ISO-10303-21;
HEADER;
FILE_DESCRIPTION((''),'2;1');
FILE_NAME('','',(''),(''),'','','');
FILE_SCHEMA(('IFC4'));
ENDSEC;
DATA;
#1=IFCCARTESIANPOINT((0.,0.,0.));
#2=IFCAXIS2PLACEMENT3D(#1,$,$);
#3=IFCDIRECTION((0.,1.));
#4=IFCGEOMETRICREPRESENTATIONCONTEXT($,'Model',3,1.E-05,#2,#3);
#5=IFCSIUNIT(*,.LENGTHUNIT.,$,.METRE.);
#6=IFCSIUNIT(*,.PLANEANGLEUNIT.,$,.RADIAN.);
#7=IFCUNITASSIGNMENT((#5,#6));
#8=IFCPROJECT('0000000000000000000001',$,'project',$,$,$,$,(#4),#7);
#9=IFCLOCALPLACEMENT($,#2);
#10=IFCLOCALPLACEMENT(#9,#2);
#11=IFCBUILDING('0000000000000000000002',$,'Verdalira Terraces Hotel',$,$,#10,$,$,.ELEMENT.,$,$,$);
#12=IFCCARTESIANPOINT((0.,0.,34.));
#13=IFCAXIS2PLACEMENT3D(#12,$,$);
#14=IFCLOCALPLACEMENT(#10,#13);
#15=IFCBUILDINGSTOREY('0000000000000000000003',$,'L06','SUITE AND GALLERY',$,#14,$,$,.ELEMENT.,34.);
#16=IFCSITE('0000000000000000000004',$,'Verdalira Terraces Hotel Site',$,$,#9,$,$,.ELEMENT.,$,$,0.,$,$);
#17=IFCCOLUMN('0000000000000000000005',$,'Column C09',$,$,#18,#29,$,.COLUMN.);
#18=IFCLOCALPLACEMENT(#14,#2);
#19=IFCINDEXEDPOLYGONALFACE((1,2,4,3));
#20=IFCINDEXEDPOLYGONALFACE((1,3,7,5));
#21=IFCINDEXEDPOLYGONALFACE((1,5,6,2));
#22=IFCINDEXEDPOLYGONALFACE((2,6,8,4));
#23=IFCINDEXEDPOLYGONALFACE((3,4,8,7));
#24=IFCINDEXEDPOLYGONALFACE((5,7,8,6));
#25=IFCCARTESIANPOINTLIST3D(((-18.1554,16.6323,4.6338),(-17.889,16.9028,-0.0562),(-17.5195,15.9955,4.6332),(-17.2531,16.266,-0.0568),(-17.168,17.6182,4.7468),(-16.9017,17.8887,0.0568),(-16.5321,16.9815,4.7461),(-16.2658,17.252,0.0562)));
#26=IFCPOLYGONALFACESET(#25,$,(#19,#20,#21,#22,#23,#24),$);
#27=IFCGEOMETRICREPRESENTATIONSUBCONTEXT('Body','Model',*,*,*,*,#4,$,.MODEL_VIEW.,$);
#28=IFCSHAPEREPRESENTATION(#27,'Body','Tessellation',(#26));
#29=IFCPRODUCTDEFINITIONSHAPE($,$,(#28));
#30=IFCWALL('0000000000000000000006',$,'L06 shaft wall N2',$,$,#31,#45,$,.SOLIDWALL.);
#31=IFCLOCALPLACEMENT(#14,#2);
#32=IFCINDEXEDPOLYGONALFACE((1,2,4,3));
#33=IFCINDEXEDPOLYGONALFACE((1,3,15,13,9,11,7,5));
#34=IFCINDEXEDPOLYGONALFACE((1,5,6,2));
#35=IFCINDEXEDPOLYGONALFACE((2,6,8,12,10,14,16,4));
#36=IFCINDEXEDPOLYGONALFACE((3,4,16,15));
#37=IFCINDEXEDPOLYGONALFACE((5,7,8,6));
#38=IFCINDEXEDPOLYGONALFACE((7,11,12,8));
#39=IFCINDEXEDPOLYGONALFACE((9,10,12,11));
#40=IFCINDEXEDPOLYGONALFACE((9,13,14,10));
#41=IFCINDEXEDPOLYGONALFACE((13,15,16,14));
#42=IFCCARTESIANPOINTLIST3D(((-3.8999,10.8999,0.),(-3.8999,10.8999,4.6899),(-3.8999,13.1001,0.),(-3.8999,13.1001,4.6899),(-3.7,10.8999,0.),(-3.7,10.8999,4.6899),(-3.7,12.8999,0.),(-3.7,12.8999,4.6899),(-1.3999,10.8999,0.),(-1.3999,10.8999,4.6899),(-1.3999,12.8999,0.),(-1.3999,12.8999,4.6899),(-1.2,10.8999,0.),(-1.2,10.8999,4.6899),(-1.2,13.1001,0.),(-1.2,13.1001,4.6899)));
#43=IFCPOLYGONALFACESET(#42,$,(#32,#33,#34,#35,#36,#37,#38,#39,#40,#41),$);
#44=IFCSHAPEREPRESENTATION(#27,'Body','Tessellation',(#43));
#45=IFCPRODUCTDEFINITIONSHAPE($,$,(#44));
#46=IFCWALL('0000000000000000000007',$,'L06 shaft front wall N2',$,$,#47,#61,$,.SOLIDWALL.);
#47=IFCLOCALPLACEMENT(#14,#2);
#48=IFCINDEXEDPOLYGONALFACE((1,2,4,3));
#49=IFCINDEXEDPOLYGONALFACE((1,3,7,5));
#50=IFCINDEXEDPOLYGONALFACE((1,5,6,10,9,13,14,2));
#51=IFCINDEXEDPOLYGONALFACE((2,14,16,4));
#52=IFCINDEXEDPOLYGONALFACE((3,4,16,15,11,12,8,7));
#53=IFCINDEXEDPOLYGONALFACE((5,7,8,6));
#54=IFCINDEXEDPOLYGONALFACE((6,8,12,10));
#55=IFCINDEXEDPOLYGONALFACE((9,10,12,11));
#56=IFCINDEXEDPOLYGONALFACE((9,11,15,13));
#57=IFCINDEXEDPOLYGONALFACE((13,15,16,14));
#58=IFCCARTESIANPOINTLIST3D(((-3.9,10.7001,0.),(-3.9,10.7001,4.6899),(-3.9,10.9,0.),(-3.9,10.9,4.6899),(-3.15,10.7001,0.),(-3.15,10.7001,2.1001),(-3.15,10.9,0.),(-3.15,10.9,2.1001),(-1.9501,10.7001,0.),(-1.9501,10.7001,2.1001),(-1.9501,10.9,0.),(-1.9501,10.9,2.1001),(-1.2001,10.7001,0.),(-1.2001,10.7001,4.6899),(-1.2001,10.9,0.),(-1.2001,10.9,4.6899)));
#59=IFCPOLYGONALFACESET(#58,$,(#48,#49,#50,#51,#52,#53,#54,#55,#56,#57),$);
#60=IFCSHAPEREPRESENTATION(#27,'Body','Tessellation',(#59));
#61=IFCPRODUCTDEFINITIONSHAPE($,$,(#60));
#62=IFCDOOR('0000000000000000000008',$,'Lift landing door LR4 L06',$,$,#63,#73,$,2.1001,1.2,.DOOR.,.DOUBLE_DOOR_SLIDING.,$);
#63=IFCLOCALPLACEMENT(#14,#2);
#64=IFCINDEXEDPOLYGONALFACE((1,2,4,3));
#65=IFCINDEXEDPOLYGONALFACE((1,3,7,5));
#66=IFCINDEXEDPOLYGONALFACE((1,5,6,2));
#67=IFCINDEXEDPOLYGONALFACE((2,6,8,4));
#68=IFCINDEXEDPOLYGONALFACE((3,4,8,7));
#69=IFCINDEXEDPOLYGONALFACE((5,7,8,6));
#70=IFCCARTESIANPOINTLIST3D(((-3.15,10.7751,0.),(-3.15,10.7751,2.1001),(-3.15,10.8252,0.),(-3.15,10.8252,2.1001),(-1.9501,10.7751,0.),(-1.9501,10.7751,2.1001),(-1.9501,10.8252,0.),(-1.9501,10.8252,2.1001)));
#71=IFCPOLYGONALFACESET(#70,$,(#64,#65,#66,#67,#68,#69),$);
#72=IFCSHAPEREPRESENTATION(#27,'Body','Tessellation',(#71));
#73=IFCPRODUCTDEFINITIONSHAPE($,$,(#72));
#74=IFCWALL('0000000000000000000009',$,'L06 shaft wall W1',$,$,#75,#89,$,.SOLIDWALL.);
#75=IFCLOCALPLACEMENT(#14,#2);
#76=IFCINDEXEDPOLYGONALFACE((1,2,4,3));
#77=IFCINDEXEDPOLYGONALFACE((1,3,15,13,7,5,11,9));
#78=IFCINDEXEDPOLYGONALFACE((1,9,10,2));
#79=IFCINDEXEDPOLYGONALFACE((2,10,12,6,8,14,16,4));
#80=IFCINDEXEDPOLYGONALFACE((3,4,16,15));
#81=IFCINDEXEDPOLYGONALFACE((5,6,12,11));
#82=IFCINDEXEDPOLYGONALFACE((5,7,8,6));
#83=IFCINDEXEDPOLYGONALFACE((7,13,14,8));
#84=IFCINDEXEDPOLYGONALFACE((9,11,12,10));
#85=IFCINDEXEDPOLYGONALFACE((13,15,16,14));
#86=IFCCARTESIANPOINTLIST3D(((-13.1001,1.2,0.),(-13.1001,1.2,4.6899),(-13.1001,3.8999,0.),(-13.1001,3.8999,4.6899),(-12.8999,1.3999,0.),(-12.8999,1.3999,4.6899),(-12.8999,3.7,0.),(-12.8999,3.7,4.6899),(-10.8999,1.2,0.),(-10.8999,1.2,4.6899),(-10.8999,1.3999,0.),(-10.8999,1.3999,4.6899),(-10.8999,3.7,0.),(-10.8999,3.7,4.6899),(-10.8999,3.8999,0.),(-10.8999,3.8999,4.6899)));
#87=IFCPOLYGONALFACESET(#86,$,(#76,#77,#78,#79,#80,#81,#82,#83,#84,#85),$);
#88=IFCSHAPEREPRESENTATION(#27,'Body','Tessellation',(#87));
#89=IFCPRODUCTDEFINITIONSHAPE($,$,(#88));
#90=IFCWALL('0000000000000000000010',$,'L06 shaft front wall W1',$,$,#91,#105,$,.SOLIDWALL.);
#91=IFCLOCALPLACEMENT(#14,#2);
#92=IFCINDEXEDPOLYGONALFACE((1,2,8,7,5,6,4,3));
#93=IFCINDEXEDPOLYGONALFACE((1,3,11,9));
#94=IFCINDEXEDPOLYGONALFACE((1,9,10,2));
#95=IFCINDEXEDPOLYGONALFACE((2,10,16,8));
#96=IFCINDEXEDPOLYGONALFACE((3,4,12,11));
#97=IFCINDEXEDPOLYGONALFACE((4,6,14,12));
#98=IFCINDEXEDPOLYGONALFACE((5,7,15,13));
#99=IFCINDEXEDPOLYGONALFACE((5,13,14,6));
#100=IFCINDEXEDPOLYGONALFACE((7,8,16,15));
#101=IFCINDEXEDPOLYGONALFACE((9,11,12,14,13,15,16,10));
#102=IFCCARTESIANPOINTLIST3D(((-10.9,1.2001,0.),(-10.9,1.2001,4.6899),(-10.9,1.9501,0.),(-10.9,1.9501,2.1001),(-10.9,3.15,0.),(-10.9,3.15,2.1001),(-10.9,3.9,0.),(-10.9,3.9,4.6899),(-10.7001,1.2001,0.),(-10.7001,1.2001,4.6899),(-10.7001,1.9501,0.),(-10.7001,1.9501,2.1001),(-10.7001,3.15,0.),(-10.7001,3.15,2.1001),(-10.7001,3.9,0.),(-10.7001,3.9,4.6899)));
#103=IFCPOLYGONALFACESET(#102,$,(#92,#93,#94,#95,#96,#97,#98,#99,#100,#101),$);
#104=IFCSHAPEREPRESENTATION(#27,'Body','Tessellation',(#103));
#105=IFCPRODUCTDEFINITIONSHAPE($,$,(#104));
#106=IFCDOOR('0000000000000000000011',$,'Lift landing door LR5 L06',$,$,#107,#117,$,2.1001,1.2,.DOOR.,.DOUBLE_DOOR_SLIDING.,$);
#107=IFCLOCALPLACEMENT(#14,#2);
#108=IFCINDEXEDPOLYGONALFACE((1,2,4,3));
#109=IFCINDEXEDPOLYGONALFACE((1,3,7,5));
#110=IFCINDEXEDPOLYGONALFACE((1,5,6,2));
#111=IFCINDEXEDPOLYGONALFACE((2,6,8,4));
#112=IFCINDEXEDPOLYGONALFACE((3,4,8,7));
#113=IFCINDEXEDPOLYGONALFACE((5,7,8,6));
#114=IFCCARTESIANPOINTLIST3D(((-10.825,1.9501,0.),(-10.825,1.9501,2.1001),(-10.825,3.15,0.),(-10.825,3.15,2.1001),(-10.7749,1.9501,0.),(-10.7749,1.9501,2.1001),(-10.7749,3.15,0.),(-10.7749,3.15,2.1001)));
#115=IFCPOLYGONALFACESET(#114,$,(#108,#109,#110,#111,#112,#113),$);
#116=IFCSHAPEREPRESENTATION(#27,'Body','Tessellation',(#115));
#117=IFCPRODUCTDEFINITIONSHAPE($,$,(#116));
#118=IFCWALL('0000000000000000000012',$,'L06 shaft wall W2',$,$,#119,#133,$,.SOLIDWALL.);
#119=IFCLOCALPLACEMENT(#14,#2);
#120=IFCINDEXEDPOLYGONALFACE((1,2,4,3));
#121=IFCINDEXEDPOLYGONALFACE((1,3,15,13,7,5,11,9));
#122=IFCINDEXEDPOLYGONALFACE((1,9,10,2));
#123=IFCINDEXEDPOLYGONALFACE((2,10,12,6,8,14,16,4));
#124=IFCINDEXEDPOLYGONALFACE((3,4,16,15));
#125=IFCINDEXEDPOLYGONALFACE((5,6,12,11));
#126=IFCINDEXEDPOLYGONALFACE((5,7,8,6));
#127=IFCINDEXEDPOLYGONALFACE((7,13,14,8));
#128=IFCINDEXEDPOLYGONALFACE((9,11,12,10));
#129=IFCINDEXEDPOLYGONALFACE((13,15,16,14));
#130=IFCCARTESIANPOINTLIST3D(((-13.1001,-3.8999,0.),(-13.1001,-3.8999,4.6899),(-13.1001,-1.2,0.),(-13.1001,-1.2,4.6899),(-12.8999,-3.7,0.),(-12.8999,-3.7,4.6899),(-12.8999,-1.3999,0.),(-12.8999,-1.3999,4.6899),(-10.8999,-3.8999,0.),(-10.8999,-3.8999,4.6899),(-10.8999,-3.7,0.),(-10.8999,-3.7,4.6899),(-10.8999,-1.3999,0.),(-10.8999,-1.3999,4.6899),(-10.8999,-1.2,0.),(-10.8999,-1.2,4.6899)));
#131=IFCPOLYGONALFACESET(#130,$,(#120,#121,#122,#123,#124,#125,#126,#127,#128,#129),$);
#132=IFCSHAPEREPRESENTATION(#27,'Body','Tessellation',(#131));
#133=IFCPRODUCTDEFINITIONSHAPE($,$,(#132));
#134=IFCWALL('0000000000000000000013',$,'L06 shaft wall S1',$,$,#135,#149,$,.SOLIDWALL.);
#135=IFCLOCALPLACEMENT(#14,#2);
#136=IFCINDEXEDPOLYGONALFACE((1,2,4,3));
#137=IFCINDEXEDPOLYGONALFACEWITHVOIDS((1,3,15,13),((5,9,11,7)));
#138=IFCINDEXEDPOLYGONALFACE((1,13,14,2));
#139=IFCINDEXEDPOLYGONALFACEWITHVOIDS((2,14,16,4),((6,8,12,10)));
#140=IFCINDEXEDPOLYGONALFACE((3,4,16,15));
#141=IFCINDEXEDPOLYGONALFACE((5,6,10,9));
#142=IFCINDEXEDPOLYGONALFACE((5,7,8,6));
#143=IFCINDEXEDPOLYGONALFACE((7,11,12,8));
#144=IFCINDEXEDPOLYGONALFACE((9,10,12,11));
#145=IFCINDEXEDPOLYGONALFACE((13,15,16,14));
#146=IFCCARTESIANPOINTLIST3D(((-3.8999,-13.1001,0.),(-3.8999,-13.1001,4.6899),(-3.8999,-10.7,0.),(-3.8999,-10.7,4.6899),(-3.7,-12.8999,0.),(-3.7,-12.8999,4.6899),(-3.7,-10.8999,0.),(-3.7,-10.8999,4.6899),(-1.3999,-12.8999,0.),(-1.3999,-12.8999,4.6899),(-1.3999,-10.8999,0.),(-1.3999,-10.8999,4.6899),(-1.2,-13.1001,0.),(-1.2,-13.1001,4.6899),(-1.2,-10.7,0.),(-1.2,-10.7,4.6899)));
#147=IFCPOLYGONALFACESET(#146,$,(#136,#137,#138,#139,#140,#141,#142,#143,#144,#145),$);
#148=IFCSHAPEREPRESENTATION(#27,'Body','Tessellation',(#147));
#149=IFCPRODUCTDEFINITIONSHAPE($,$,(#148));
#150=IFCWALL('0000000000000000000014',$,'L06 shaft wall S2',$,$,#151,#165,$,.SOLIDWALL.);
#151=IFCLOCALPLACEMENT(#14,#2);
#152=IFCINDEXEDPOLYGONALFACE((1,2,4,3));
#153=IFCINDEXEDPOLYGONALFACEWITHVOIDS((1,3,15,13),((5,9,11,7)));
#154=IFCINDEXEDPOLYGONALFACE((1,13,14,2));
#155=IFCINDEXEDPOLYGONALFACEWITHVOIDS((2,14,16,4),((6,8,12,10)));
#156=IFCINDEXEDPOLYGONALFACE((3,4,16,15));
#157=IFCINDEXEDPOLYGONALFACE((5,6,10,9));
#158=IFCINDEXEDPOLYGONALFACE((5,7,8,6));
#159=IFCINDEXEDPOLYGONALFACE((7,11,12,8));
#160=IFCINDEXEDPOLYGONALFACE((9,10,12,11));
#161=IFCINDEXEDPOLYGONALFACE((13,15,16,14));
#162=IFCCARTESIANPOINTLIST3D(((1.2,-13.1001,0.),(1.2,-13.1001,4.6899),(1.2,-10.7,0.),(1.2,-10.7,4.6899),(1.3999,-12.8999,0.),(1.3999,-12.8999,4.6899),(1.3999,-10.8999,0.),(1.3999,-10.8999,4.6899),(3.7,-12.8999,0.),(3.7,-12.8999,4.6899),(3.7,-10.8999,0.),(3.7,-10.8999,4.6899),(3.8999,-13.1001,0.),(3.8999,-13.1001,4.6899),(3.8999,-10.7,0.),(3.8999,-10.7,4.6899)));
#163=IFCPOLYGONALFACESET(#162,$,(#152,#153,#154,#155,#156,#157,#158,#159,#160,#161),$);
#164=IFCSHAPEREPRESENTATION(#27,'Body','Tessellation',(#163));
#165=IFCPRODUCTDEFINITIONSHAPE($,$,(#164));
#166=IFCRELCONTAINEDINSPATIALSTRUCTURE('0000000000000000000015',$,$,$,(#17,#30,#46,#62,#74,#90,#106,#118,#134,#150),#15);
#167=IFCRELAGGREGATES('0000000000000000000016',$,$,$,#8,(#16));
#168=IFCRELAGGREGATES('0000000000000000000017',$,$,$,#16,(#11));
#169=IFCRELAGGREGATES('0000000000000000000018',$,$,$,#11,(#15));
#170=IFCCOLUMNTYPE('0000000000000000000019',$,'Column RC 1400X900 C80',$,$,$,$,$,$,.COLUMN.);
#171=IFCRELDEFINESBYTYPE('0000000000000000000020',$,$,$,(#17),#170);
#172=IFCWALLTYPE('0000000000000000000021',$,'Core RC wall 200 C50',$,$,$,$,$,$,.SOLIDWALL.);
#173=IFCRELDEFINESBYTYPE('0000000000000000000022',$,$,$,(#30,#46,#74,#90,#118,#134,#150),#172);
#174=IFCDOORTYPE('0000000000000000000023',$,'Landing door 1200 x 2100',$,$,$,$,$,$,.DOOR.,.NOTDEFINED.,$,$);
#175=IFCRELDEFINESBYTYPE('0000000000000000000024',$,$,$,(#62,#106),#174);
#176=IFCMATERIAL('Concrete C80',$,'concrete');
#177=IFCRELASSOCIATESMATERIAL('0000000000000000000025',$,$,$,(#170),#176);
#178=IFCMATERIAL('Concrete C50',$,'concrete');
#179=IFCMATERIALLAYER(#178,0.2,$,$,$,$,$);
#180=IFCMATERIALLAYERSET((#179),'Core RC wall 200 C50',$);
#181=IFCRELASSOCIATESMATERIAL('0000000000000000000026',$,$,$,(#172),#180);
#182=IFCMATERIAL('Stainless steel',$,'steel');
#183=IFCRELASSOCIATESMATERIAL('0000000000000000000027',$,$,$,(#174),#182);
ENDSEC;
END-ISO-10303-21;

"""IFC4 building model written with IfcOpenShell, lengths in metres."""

from ifc_helpers import new_model, si_unit, direction, frame, frame_2d, origin, origin_2d, place, context, subcontext, project, spatial, polyline, rectangle, outline, extrude, material, layer, layer_set, material_profile, profile_set, type_object, element, fill, save


model = new_model("IFC4")

# Units and contexts
model_context = context("Model", 3, precision=1e-05, world=origin(), true_north=direction((0.0, 1.0)))
body_context = subcontext(model_context, "Body", "Model", "MODEL_VIEW")
ifc_project = project(units=[si_unit("LENGTHUNIT", "METRE"), si_unit("PLANEANGLEUNIT", "RADIAN")], contexts=[model_context])

# Site, building, storey
site_placement = place(None, origin())
site = spatial("IfcSite", under=ifc_project, at=site_placement, Name="Verdalira Terraces Hotel Site", CompositionType="ELEMENT", RefElevation=0.0)
building_placement = place(site_placement, origin())
building = spatial("IfcBuilding", under=site, at=building_placement, Name="Verdalira Terraces Hotel", CompositionType="ELEMENT")
storey_placement = place(building_placement, frame((0.0, 0.0, 34.0)))
storey = spatial("IfcBuildingStorey", under=building, at=storey_placement, Name="L06", Description="SUITE AND GALLERY", CompositionType="ELEMENT", Elevation=34.0)

# Column
ifc_material_1 = material(Name="Concrete C80", Category="concrete")
ifc_material_profile = material_profile(ifc_material_1, rectangle(XDim=1.3999, YDim=0.8999, at=origin_2d()), Name="RC 1400X900")
ifc_profile_set = profile_set([ifc_material_profile], Name="Concrete C80")
column_type = type_object("IfcColumnType", Name="Column RC 1400X900 C80", PredefinedType="COLUMN", material=ifc_profile_set)
column_placement = place(storey_placement, frame((-17.0774, 17.0774, 0.0), z_axis=(-0.056608, -0.05749, 0.99674), x_axis=(0.705297, 0.704306, 0.080679)))
element("IfcColumn", 1, at=column_placement, inside=storey, type_object=column_type, Name="Column C09", PredefinedType="COLUMN", context=body_context, shape_type="SweptSolid", body=[
    extrude(rectangle(XDim=1.3999, YDim=0.8999, at=origin_2d()), origin(), (0.0, 0.0, 1.0), 4.7053),
])

# Wall
ifc_material_2 = material(Name="Concrete C50", Category="concrete")
ifc_layer_1 = layer(ifc_material_2, 0.2)
ifc_layer_set_1 = layer_set([ifc_layer_1], Name="Core RC wall 200 C50")
wall_type_1 = type_object("IfcWallType", Name="Core RC wall 200 C50", PredefinedType="SOLIDWALL", material=ifc_layer_set_1)
wall_1_placement = place(storey_placement, origin())
element("IfcWall", 2, at=wall_1_placement, inside=storey, type_object=wall_type_1, Name="L06 shaft wall N2", PredefinedType="SOLIDWALL", context=body_context, shape_type="SweptSolid", body=[
    extrude(outline(polyline([(-3.8999, 10.8999), (-3.8999, 13.1001), (-1.2, 13.1001), (-1.2, 10.8999), (-1.3999, 10.8999), (-1.3999, 12.8999), (-3.7, 12.8999), (-3.7, 10.8999), (-3.8999, 10.8999)])), origin(), (0.0, 0.0, 1.0), 4.6899),
])

# Wall, opening, door
wall_2_placement = place(storey_placement, frame((-1.2, 10.8, 0.0), z_axis=(0.0, 0.0, 1.0), x_axis=(-1.0, 0.0, 0.0)))
wall_2 = element("IfcWall", 3, at=wall_2_placement, inside=storey, type_object=wall_type_1, Name="L06 shaft front wall N2", PredefinedType="SOLIDWALL", context=body_context, shape_type="SweptSolid", body=[
    extrude(rectangle(XDim=2.7, YDim=0.2, at=frame_2d((1.3501, 0.0))), origin(), (0.0, 0.0, 1.0), 4.6899),
])
opening_1_placement = place(wall_2_placement, frame((0.75, 0.0, 0.0)))
opening_1 = element("IfcOpeningElement", 4, at=opening_1_placement, cuts=wall_2, PredefinedType="OPENING", context=body_context, shape_type="SweptSolid", body=[
    extrude(rectangle(XDim=1.2, YDim=2.1001, at=frame_2d((0.6001, 1.05))), frame((0.0, 0.1099, 0.0), z_axis=(0.0, -1.0, 0.0), x_axis=(1.0, 0.0, 0.0)), (0.0, 0.0, 1.0), 0.22),
])
ifc_material_3 = material(Name="Stainless steel", Category="steel")
door_type_1 = type_object("IfcDoorType", Name="Landing door 1200 x 2100", OperationType="NOTDEFINED", PredefinedType="DOOR", material=ifc_material_3)
door_1_placement = place(opening_1_placement, origin())
door_1 = element("IfcDoor", 5, at=door_1_placement, inside=storey, type_object=door_type_1, Name="Lift landing door LR4 L06", OperationType="DOUBLE_DOOR_SLIDING", OverallHeight=2.1001, OverallWidth=1.2, PredefinedType="DOOR", context=body_context, shape_type="SweptSolid", body=[
    extrude(rectangle(XDim=1.2, YDim=2.1001, at=frame_2d((0.6001, 1.05))), frame((0.0, 0.0249, 0.0), z_axis=(0.0, -1.0, 0.0), x_axis=(1.0, 0.0, 0.0)), (0.0, 0.0, 1.0), 0.05),
])
fill(opening_1, door_1)

# Wall
wall_3_placement = place(storey_placement, origin())
element("IfcWall", 6, at=wall_3_placement, inside=storey, type_object=wall_type_1, Name="L06 shaft wall W1", PredefinedType="SOLIDWALL", context=body_context, shape_type="SweptSolid", body=[
    extrude(outline(polyline([(-13.1001, 3.8999), (-10.8999, 3.8999), (-10.8999, 3.7), (-12.8999, 3.7), (-12.8999, 1.3999), (-10.8999, 1.3999), (-10.8999, 1.2), (-13.1001, 1.2), (-13.1001, 3.8999)])), origin(), (0.0, 0.0, 1.0), 4.6899),
])

# Wall, opening, door
wall_4_placement = place(storey_placement, frame((-10.8, 1.2, 0.0), z_axis=(0.0, 0.0, 1.0), x_axis=(0.0, 1.0, 0.0)))
wall_4 = element("IfcWall", 7, at=wall_4_placement, inside=storey, type_object=wall_type_1, Name="L06 shaft front wall W1", PredefinedType="SOLIDWALL", context=body_context, shape_type="SweptSolid", body=[
    extrude(rectangle(XDim=2.7, YDim=0.2, at=frame_2d((1.3501, 0.0))), origin(), (0.0, 0.0, 1.0), 4.6899),
])
opening_2_placement = place(wall_4_placement, frame((0.75, 0.0, 0.0)))
opening_2 = element("IfcOpeningElement", 8, at=opening_2_placement, cuts=wall_4, PredefinedType="OPENING", context=body_context, shape_type="SweptSolid", body=[
    extrude(rectangle(XDim=1.2, YDim=2.1001, at=frame_2d((0.6001, 1.05))), frame((0.0, 0.1099, 0.0), z_axis=(0.0, -1.0, 0.0), x_axis=(1.0, 0.0, 0.0)), (0.0, 0.0, 1.0), 0.22),
])
door_2_placement = place(opening_2_placement, origin())
door_2 = element("IfcDoor", 9, at=door_2_placement, inside=storey, type_object=door_type_1, Name="Lift landing door LR5 L06", OperationType="DOUBLE_DOOR_SLIDING", OverallHeight=2.1001, OverallWidth=1.2, PredefinedType="DOOR", context=body_context, shape_type="SweptSolid", body=[
    extrude(rectangle(XDim=1.2, YDim=2.1001, at=frame_2d((0.6001, 1.05))), frame((0.0, 0.0249, 0.0), z_axis=(0.0, -1.0, 0.0), x_axis=(1.0, 0.0, 0.0)), (0.0, 0.0, 1.0), 0.05),
])
fill(opening_2, door_2)

# Walls
wall_5_placement = place(storey_placement, origin())
element("IfcWall", 10, at=wall_5_placement, inside=storey, type_object=wall_type_1, Name="L06 shaft wall W2", PredefinedType="SOLIDWALL", context=body_context, shape_type="SweptSolid", body=[
    extrude(outline(polyline([(-13.1001, -3.8999), (-13.1001, -1.2), (-10.8999, -1.2), (-10.8999, -1.3999), (-12.8999, -1.3999), (-12.8999, -3.7), (-10.8999, -3.7), (-10.8999, -3.8999), (-13.1001, -3.8999)])), origin(), (0.0, 0.0, 1.0), 4.6899),
])
wall_6_placement = place(storey_placement, origin())
element("IfcWall", 11, at=wall_6_placement, inside=storey, type_object=wall_type_1, Name="L06 shaft wall S1", PredefinedType="SOLIDWALL", context=body_context, shape_type="SweptSolid", body=[
    extrude(outline(polyline([(-1.2, -13.1001), (-3.8999, -13.1001), (-3.8999, -10.7), (-1.2, -10.7), (-1.2, -13.1001)]), holes=[polyline([(-3.7, -10.8999), (-3.7, -12.8999), (-1.3999, -12.8999), (-1.3999, -10.8999), (-3.7, -10.8999)])]), origin(), (0.0, 0.0, 1.0), 4.6899),
])
wall_7_placement = place(storey_placement, origin())
element("IfcWall", 12, at=wall_7_placement, inside=storey, type_object=wall_type_1, Name="L06 shaft wall S2", PredefinedType="SOLIDWALL", context=body_context, shape_type="SweptSolid", body=[
    extrude(outline(polyline([(3.8999, -10.7), (3.8999, -13.1001), (1.2, -13.1001), (1.2, -10.7), (3.8999, -10.7)]), holes=[polyline([(1.3999, -12.8999), (3.7, -12.8999), (3.7, -10.8999), (1.3999, -10.8999), (1.3999, -12.8999)])]), origin(), (0.0, 0.0, 1.0), 4.6899),
])

save(model, "model.ifc")
